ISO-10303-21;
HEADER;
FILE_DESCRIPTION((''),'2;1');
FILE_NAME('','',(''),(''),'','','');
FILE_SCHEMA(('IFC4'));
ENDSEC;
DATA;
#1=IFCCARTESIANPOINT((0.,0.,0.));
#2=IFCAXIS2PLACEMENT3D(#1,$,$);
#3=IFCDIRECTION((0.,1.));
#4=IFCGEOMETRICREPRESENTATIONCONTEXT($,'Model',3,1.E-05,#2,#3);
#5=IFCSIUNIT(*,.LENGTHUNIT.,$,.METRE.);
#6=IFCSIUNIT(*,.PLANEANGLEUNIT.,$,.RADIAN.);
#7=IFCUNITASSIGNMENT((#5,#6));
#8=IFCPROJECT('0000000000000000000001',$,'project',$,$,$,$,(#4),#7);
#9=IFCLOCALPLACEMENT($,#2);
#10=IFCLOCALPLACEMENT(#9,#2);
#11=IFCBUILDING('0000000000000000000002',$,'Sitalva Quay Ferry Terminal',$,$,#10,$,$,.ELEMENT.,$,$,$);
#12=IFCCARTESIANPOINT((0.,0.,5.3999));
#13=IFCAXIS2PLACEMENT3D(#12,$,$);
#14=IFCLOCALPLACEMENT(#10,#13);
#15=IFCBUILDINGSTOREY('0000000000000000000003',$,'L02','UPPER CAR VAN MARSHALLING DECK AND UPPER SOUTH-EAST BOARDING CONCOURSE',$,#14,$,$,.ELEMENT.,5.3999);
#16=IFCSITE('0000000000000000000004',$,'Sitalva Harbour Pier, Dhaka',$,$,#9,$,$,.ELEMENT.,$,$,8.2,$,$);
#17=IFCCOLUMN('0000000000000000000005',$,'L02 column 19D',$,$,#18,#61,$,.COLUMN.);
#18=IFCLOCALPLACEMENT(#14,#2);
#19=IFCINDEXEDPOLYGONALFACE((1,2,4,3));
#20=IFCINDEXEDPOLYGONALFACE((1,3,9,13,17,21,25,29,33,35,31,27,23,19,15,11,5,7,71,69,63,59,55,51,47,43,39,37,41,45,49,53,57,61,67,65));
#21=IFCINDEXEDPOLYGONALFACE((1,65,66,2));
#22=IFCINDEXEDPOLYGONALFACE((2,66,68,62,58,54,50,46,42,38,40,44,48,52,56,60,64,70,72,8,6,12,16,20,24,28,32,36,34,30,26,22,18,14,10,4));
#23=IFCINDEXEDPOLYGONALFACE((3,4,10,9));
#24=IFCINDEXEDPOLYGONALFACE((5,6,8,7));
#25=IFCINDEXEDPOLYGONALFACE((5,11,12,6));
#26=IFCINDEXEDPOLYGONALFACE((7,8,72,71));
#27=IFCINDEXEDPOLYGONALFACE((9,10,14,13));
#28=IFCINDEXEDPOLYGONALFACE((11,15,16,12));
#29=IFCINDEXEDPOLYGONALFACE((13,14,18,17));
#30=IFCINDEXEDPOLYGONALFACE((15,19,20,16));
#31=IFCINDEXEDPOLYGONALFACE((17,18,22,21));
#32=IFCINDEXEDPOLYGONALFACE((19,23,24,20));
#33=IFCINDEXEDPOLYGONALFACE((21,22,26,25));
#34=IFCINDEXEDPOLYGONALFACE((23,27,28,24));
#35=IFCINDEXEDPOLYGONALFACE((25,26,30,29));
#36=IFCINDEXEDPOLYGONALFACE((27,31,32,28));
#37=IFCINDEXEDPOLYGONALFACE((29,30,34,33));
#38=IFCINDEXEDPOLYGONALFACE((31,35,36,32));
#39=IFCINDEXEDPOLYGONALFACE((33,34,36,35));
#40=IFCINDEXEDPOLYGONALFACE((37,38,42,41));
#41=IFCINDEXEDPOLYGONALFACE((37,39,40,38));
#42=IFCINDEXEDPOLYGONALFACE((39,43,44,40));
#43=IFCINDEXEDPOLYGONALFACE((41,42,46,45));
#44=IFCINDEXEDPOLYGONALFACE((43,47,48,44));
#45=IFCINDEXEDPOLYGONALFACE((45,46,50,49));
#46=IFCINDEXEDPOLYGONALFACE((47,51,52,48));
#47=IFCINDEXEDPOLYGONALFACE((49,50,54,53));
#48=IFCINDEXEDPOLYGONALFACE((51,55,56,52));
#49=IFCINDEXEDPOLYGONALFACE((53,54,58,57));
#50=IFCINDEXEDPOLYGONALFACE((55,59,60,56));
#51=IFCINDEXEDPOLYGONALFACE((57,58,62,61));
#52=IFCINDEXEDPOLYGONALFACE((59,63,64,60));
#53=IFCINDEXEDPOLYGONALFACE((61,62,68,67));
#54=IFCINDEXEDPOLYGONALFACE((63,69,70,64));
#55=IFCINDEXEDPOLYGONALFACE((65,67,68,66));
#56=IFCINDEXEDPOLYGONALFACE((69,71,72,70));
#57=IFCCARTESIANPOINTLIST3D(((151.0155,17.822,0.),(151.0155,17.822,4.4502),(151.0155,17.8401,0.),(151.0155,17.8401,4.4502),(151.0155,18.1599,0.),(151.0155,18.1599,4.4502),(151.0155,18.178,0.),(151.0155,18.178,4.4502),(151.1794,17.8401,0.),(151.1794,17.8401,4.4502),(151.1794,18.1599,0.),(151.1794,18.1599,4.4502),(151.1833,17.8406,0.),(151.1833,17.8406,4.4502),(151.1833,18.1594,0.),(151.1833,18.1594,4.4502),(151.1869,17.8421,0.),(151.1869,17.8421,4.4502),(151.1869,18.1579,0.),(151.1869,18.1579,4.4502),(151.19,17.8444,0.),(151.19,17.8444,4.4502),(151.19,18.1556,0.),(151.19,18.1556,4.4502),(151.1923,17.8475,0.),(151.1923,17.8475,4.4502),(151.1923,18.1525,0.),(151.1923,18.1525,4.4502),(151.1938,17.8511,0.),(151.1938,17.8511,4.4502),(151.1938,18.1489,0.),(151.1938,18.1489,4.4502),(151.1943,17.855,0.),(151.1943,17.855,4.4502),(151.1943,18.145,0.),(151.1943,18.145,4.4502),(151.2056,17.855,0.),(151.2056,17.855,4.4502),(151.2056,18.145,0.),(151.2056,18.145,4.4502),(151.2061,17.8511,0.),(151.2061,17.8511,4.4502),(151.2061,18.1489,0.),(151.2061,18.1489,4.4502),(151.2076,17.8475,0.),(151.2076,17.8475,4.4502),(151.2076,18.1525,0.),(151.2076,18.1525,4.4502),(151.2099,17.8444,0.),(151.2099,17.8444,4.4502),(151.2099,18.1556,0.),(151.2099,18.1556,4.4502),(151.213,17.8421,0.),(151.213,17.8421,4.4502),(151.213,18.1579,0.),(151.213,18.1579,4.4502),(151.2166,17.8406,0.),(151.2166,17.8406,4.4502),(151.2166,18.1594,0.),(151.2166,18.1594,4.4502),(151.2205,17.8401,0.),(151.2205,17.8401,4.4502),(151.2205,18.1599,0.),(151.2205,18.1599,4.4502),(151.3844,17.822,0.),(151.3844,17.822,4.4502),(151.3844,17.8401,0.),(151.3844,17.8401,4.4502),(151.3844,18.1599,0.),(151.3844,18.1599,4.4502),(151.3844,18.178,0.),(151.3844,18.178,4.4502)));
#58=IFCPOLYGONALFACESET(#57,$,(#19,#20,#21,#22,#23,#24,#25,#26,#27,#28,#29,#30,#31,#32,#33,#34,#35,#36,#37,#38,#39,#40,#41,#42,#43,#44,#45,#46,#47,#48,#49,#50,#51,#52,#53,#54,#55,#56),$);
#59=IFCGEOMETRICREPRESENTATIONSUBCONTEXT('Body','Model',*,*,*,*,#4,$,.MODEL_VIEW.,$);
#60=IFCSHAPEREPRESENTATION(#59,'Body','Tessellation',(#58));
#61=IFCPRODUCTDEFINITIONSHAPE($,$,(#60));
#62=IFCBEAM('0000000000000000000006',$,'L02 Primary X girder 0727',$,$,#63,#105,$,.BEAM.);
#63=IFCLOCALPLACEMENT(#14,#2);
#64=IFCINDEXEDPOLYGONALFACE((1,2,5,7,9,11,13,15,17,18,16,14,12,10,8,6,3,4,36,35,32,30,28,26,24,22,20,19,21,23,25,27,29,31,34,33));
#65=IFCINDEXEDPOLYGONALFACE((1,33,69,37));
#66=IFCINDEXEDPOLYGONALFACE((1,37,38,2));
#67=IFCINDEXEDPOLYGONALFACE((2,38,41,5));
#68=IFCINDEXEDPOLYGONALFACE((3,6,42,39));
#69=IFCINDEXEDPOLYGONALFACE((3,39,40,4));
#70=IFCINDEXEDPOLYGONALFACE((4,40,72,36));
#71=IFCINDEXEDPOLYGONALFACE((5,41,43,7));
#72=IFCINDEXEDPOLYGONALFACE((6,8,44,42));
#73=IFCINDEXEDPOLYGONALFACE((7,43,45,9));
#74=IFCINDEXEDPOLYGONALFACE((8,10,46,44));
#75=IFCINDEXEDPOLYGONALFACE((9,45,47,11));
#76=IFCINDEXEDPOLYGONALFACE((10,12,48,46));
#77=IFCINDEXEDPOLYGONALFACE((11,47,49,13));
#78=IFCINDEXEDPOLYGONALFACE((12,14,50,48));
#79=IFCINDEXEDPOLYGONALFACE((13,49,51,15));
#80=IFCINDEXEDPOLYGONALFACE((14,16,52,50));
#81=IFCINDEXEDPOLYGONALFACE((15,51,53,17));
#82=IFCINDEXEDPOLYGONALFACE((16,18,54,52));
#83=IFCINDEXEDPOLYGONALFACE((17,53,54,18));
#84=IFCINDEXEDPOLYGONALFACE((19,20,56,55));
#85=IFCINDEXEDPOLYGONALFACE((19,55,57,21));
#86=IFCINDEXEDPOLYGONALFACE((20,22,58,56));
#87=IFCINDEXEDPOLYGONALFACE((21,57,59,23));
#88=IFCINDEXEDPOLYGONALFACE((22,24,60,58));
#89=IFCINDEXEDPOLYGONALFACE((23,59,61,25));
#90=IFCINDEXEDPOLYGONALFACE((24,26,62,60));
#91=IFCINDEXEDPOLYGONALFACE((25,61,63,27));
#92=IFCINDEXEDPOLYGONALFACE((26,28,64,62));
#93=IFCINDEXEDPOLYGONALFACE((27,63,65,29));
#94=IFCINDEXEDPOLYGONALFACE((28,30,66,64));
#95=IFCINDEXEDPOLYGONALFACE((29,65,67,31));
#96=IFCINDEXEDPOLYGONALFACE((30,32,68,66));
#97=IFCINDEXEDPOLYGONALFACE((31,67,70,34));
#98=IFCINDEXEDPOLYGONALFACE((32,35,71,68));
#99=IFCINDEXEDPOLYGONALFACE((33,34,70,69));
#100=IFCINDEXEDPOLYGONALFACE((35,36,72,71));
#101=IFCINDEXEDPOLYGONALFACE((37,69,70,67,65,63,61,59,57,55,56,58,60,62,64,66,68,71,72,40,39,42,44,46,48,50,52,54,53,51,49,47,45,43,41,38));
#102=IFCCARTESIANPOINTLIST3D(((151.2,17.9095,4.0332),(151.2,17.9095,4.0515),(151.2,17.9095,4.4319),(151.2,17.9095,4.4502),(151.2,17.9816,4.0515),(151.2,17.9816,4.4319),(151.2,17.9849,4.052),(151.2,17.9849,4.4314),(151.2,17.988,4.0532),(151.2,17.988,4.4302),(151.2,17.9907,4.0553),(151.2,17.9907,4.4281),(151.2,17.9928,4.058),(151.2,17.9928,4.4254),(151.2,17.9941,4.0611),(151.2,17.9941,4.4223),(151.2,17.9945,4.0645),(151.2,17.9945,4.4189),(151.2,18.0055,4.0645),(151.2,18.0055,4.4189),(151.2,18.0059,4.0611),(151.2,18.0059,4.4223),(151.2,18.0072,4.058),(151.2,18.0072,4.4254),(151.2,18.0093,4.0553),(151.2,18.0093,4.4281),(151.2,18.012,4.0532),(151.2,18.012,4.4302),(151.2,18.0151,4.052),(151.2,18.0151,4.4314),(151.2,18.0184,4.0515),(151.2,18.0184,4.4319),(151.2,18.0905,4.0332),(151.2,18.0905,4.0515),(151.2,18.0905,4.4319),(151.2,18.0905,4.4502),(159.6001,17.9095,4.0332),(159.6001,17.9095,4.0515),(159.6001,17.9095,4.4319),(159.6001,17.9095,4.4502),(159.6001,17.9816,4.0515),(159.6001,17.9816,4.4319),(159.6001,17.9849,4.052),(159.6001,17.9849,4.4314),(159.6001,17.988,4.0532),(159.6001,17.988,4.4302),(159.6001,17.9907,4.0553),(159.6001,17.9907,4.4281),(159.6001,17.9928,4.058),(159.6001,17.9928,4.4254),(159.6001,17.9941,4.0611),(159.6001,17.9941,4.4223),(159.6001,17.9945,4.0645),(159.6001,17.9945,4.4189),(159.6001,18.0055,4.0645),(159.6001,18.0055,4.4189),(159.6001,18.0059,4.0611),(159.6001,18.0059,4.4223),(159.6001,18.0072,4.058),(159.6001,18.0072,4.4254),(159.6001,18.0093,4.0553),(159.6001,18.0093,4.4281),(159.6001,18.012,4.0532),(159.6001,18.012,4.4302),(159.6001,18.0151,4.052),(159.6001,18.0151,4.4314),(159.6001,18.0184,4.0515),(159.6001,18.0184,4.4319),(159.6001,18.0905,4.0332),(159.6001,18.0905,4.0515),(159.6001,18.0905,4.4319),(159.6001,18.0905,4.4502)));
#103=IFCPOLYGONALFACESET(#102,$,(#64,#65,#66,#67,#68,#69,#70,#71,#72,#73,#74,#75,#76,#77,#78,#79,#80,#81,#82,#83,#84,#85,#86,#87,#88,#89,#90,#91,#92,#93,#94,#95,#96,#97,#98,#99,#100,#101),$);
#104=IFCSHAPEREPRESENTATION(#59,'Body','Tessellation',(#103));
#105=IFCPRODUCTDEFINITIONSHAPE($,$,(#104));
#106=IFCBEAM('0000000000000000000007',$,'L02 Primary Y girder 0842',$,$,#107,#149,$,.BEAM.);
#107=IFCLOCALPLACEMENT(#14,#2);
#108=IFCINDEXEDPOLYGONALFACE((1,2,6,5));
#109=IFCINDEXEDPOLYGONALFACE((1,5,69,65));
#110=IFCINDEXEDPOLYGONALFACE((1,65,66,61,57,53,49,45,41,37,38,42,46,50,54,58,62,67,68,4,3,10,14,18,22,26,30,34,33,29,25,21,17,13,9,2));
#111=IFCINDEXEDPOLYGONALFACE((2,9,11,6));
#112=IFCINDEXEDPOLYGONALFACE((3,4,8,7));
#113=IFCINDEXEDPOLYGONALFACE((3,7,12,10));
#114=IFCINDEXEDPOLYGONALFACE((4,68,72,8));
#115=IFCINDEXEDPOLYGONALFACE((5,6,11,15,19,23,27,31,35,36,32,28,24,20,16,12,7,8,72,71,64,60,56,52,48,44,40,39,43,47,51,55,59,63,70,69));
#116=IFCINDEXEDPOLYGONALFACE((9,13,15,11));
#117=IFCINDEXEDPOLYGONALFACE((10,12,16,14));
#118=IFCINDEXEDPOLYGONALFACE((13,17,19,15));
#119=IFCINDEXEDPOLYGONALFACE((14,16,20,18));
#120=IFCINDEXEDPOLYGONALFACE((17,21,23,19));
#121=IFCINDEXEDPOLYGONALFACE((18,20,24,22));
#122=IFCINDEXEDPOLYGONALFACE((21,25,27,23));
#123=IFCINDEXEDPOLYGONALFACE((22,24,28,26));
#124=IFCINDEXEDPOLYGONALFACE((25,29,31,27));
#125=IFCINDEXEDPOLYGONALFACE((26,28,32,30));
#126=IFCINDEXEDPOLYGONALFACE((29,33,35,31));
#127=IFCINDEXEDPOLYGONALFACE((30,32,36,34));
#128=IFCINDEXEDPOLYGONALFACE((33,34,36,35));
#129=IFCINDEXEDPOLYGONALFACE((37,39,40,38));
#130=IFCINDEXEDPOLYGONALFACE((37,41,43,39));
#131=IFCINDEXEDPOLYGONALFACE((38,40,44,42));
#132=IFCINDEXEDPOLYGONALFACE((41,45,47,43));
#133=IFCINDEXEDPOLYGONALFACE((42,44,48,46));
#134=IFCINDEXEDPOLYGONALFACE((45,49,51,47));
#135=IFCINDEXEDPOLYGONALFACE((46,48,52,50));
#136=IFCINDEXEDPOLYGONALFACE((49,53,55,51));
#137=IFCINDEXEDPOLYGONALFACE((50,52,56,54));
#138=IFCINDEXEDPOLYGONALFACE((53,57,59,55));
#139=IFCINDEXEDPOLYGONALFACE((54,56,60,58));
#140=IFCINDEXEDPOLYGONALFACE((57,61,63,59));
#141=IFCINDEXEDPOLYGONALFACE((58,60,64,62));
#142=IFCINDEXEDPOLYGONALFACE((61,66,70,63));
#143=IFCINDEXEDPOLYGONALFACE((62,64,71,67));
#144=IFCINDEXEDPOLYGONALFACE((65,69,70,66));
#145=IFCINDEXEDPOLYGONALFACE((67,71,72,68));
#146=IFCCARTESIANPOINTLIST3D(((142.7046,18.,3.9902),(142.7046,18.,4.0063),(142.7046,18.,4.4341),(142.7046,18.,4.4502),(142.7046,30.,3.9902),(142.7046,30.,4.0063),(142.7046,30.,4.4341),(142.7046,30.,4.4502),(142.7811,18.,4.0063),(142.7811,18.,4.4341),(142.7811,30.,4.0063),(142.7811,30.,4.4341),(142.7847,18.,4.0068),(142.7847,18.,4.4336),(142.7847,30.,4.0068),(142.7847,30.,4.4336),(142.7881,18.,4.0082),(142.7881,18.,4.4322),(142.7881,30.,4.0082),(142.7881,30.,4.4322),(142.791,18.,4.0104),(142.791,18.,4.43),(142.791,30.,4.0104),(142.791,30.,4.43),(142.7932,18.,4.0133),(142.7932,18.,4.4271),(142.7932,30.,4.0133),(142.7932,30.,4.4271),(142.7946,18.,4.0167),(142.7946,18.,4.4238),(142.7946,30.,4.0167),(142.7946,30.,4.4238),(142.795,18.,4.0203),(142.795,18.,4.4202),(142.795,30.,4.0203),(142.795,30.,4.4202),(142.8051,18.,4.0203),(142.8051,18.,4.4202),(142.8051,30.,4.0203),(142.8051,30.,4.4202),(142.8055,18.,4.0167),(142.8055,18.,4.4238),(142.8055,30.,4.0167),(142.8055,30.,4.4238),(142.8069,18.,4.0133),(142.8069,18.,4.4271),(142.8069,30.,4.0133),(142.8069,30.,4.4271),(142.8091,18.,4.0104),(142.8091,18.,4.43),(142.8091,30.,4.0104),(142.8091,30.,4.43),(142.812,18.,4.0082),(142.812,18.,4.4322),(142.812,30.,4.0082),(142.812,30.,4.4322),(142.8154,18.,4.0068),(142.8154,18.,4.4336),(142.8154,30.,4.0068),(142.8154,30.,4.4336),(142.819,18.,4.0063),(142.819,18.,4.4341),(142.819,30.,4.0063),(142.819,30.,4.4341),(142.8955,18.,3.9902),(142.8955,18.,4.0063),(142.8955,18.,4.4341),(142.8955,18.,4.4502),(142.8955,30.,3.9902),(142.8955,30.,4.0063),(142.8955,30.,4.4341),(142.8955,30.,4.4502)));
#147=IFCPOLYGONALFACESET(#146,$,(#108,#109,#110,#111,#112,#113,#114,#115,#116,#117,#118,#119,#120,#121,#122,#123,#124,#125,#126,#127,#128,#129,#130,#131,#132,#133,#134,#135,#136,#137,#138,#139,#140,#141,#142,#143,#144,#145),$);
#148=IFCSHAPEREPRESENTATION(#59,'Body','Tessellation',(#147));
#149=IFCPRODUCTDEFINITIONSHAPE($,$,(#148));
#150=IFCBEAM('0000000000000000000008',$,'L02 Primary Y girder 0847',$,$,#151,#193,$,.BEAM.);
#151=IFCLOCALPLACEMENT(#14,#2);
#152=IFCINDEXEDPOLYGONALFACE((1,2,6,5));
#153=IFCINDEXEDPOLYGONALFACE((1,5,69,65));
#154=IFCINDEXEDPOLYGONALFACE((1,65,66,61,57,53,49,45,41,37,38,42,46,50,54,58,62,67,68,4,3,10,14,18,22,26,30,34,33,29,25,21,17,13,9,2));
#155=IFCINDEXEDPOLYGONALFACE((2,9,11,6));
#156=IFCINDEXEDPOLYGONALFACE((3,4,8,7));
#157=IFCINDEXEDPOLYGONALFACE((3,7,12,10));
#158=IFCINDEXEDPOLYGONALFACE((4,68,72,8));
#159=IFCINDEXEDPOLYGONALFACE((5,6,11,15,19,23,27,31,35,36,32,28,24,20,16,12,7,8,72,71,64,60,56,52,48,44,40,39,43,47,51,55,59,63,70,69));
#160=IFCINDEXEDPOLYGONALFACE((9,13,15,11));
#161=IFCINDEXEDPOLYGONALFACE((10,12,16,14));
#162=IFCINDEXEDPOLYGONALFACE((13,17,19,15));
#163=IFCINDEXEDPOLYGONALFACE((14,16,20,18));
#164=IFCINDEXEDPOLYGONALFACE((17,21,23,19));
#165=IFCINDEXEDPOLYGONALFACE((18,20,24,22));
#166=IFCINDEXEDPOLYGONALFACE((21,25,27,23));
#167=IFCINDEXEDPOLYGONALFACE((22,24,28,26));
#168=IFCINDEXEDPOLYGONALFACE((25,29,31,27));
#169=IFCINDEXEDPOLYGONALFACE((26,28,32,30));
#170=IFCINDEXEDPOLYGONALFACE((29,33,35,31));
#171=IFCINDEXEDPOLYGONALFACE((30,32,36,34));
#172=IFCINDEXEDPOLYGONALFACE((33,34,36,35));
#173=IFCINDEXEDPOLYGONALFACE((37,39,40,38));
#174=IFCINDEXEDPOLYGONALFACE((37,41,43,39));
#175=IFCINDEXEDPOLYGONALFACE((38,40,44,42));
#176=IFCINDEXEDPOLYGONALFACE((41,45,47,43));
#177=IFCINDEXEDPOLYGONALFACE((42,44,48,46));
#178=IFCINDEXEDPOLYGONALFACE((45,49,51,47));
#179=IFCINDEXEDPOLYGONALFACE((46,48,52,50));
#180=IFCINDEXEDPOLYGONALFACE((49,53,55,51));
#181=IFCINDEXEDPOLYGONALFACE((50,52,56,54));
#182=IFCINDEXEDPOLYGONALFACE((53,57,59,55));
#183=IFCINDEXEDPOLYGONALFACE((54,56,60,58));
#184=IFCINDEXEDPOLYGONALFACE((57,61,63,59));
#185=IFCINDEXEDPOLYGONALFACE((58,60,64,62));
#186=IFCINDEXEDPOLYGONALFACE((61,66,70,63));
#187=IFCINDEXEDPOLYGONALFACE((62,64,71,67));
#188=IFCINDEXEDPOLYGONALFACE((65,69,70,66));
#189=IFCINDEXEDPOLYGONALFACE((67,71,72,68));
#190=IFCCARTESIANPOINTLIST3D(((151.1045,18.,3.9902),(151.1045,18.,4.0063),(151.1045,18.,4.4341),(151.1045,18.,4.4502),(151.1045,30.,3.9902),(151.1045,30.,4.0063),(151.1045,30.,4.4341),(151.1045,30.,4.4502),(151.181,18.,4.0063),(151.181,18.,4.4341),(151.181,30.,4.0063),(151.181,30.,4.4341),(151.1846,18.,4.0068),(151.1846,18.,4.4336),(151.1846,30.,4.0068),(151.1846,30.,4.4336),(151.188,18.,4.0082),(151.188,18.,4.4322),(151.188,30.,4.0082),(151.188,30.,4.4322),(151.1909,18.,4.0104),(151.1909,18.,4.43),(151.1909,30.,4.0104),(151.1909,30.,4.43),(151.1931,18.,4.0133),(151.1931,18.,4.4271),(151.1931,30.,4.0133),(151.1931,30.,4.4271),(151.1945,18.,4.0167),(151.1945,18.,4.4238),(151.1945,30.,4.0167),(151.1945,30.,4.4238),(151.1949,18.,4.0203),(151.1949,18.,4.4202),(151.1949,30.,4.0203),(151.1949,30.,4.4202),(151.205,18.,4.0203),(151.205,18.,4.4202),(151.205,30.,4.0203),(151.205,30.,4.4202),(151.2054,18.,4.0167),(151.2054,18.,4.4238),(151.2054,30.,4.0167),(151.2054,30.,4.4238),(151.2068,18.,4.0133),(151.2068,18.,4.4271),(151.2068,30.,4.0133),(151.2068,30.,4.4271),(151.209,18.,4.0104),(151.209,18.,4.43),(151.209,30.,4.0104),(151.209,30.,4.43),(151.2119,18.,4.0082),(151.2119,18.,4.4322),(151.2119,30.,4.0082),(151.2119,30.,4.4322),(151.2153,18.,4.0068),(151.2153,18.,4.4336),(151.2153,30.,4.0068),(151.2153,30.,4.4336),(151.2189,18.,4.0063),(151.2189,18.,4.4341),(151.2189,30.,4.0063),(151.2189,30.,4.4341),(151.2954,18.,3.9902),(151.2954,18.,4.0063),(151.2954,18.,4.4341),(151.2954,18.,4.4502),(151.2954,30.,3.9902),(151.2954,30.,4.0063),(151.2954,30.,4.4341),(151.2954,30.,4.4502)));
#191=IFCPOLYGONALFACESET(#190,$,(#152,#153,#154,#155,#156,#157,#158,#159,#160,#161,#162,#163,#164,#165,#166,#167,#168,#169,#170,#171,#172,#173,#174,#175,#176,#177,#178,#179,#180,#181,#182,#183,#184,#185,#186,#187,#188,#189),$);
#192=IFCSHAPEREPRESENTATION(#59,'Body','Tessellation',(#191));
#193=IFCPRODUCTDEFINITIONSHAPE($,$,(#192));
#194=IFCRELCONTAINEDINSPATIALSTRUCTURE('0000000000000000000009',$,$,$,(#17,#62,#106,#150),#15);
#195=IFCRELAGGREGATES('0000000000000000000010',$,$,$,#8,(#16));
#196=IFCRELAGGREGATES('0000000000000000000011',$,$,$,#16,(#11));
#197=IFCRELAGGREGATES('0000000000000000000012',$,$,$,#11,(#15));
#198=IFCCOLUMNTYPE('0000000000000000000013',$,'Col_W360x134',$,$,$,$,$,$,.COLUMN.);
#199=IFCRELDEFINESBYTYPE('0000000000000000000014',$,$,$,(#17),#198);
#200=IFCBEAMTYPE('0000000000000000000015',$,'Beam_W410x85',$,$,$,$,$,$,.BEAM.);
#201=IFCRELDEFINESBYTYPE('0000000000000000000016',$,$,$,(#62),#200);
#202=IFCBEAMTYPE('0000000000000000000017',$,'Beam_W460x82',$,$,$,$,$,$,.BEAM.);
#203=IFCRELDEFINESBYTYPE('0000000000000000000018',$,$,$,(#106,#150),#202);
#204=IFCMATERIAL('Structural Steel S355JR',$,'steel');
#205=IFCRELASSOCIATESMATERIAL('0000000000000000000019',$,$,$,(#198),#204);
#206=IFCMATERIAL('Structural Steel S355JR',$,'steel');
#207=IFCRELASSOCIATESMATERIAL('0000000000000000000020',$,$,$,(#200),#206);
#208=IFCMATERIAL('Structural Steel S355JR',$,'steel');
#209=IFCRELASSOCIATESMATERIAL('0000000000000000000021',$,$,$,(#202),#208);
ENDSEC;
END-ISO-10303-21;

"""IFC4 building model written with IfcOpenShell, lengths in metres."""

from ifc_helpers import new_model, si_unit, direction, frame, origin, origin_2d, place, context, subcontext, project, spatial, i_section, extrude, material, material_profile, profile_set, type_object, element, save


model = new_model("IFC4")

# Units and contexts
model_context = context("Model", 3, precision=1e-05, world=origin(), true_north=direction((0.0, 1.0)))
body_context = subcontext(model_context, "Body", "Model", "MODEL_VIEW")
ifc_project = project(units=[si_unit("LENGTHUNIT", "METRE"), si_unit("PLANEANGLEUNIT", "RADIAN")], contexts=[model_context])

# Site, building, storey
site_placement = place(None, origin())
site = spatial("IfcSite", under=ifc_project, at=site_placement, Name="Sitalva Harbour Pier, Dhaka", CompositionType="ELEMENT", RefElevation=8.2)
building_placement = place(site_placement, origin())
building = spatial("IfcBuilding", under=site, at=building_placement, Name="Sitalva Quay Ferry Terminal", CompositionType="ELEMENT")
storey_placement = place(building_placement, frame((0.0, 0.0, 5.3999)))
storey = spatial("IfcBuildingStorey", under=building, at=storey_placement, Name="L02", Description="UPPER CAR VAN MARSHALLING DECK AND UPPER SOUTH-EAST BOARDING CONCOURSE", CompositionType="ELEMENT", Elevation=5.3999)

# Column
ifc_material_1 = material(Name="Structural Steel S355JR", Category="steel")
ifc_material_profile_1 = material_profile(ifc_material_1, i_section(OverallWidth=0.3689, OverallDepth=0.356, WebThickness=0.0112, FlangeThickness=0.0181, FilletRadius=0.0149, at=origin_2d()), Name="W360x134")
ifc_profile_set_1 = profile_set([ifc_material_profile_1], Name="Structural Steel S355JR")
column_type = type_object("IfcColumnType", Name="Col_W360x134", PredefinedType="COLUMN", material=ifc_profile_set_1)
column_placement = place(storey_placement, frame((151.2, 18.0, 0.0), z_axis=(0.0, 0.0, 1.0), x_axis=(1.0, 0.0, 0.0)))
element("IfcColumn", 1, at=column_placement, inside=storey, type_object=column_type, Name="L02 column 19D", PredefinedType="COLUMN", context=body_context, shape_type="SweptSolid", body=[
    extrude(i_section(OverallWidth=0.3689, OverallDepth=0.356, WebThickness=0.0112, FlangeThickness=0.0181, FilletRadius=0.0149, at=origin_2d()), origin(), (0.0, 0.0, 1.0), 4.4502),
])

# Beams
ifc_material_2 = material(Name="Structural Steel S355JR", Category="steel")
ifc_material_profile_2 = material_profile(ifc_material_2, i_section(OverallWidth=0.1809, OverallDepth=0.417, WebThickness=0.011, FlangeThickness=0.0183, FilletRadius=0.0129, at=origin_2d()), Name="W410x85")
ifc_profile_set_2 = profile_set([ifc_material_profile_2], Name="Structural Steel S355JR")
beam_type_1 = type_object("IfcBeamType", Name="Beam_W410x85", PredefinedType="BEAM", material=ifc_profile_set_2)
beam_placement = place(storey_placement, frame((151.2, 18.0, 4.2417), z_axis=(1.0, 0.0, 0.0), x_axis=(0.0, 1.0, 0.0)))
element("IfcBeam", 2, at=beam_placement, inside=storey, type_object=beam_type_1, Name="L02 Primary X girder 0727", PredefinedType="BEAM", context=body_context, shape_type="SweptSolid", body=[
    extrude(i_section(OverallWidth=0.1809, OverallDepth=0.417, WebThickness=0.011, FlangeThickness=0.0183, FilletRadius=0.0129, at=origin_2d()), origin(), (0.0, 0.0, 1.0), 8.4001),
])
ifc_material_3 = material(Name="Structural Steel S355JR", Category="steel")
ifc_material_profile_3 = material_profile(ifc_material_3, i_section(OverallWidth=0.1909, OverallDepth=0.46, WebThickness=0.01, FlangeThickness=0.0161, FilletRadius=0.0139, at=origin_2d()), Name="W460x82")
ifc_profile_set_3 = profile_set([ifc_material_profile_3], Name="Structural Steel S355JR")
beam_type_2 = type_object("IfcBeamType", Name="Beam_W460x82", PredefinedType="BEAM", material=ifc_profile_set_3)
for number, where, z_axis, x_axis, name in (
    (3, (142.8, 18.0, 4.2202), (0.0, 1.0, 0.0), (-1.0, 0.0, 0.0), "L02 Primary Y girder 0842"),
    (4, (151.2, 18.0, 4.2202), (0.0, 1.0, 0.0), (-1.0, 0.0, 0.0), "L02 Primary Y girder 0847"),
):
    element("IfcBeam", number, at=place(storey_placement, frame(where, z_axis=z_axis, x_axis=x_axis)), inside=storey, type_object=beam_type_2, Name=name, PredefinedType="BEAM", context=body_context, shape_type="SweptSolid", body=[
        extrude(i_section(OverallWidth=0.1909, OverallDepth=0.46, WebThickness=0.01, FlangeThickness=0.0161, FilletRadius=0.0139, at=origin_2d()), origin(), (0.0, 0.0, 1.0), 12.0),
    ])

save(model, "model.ifc")
